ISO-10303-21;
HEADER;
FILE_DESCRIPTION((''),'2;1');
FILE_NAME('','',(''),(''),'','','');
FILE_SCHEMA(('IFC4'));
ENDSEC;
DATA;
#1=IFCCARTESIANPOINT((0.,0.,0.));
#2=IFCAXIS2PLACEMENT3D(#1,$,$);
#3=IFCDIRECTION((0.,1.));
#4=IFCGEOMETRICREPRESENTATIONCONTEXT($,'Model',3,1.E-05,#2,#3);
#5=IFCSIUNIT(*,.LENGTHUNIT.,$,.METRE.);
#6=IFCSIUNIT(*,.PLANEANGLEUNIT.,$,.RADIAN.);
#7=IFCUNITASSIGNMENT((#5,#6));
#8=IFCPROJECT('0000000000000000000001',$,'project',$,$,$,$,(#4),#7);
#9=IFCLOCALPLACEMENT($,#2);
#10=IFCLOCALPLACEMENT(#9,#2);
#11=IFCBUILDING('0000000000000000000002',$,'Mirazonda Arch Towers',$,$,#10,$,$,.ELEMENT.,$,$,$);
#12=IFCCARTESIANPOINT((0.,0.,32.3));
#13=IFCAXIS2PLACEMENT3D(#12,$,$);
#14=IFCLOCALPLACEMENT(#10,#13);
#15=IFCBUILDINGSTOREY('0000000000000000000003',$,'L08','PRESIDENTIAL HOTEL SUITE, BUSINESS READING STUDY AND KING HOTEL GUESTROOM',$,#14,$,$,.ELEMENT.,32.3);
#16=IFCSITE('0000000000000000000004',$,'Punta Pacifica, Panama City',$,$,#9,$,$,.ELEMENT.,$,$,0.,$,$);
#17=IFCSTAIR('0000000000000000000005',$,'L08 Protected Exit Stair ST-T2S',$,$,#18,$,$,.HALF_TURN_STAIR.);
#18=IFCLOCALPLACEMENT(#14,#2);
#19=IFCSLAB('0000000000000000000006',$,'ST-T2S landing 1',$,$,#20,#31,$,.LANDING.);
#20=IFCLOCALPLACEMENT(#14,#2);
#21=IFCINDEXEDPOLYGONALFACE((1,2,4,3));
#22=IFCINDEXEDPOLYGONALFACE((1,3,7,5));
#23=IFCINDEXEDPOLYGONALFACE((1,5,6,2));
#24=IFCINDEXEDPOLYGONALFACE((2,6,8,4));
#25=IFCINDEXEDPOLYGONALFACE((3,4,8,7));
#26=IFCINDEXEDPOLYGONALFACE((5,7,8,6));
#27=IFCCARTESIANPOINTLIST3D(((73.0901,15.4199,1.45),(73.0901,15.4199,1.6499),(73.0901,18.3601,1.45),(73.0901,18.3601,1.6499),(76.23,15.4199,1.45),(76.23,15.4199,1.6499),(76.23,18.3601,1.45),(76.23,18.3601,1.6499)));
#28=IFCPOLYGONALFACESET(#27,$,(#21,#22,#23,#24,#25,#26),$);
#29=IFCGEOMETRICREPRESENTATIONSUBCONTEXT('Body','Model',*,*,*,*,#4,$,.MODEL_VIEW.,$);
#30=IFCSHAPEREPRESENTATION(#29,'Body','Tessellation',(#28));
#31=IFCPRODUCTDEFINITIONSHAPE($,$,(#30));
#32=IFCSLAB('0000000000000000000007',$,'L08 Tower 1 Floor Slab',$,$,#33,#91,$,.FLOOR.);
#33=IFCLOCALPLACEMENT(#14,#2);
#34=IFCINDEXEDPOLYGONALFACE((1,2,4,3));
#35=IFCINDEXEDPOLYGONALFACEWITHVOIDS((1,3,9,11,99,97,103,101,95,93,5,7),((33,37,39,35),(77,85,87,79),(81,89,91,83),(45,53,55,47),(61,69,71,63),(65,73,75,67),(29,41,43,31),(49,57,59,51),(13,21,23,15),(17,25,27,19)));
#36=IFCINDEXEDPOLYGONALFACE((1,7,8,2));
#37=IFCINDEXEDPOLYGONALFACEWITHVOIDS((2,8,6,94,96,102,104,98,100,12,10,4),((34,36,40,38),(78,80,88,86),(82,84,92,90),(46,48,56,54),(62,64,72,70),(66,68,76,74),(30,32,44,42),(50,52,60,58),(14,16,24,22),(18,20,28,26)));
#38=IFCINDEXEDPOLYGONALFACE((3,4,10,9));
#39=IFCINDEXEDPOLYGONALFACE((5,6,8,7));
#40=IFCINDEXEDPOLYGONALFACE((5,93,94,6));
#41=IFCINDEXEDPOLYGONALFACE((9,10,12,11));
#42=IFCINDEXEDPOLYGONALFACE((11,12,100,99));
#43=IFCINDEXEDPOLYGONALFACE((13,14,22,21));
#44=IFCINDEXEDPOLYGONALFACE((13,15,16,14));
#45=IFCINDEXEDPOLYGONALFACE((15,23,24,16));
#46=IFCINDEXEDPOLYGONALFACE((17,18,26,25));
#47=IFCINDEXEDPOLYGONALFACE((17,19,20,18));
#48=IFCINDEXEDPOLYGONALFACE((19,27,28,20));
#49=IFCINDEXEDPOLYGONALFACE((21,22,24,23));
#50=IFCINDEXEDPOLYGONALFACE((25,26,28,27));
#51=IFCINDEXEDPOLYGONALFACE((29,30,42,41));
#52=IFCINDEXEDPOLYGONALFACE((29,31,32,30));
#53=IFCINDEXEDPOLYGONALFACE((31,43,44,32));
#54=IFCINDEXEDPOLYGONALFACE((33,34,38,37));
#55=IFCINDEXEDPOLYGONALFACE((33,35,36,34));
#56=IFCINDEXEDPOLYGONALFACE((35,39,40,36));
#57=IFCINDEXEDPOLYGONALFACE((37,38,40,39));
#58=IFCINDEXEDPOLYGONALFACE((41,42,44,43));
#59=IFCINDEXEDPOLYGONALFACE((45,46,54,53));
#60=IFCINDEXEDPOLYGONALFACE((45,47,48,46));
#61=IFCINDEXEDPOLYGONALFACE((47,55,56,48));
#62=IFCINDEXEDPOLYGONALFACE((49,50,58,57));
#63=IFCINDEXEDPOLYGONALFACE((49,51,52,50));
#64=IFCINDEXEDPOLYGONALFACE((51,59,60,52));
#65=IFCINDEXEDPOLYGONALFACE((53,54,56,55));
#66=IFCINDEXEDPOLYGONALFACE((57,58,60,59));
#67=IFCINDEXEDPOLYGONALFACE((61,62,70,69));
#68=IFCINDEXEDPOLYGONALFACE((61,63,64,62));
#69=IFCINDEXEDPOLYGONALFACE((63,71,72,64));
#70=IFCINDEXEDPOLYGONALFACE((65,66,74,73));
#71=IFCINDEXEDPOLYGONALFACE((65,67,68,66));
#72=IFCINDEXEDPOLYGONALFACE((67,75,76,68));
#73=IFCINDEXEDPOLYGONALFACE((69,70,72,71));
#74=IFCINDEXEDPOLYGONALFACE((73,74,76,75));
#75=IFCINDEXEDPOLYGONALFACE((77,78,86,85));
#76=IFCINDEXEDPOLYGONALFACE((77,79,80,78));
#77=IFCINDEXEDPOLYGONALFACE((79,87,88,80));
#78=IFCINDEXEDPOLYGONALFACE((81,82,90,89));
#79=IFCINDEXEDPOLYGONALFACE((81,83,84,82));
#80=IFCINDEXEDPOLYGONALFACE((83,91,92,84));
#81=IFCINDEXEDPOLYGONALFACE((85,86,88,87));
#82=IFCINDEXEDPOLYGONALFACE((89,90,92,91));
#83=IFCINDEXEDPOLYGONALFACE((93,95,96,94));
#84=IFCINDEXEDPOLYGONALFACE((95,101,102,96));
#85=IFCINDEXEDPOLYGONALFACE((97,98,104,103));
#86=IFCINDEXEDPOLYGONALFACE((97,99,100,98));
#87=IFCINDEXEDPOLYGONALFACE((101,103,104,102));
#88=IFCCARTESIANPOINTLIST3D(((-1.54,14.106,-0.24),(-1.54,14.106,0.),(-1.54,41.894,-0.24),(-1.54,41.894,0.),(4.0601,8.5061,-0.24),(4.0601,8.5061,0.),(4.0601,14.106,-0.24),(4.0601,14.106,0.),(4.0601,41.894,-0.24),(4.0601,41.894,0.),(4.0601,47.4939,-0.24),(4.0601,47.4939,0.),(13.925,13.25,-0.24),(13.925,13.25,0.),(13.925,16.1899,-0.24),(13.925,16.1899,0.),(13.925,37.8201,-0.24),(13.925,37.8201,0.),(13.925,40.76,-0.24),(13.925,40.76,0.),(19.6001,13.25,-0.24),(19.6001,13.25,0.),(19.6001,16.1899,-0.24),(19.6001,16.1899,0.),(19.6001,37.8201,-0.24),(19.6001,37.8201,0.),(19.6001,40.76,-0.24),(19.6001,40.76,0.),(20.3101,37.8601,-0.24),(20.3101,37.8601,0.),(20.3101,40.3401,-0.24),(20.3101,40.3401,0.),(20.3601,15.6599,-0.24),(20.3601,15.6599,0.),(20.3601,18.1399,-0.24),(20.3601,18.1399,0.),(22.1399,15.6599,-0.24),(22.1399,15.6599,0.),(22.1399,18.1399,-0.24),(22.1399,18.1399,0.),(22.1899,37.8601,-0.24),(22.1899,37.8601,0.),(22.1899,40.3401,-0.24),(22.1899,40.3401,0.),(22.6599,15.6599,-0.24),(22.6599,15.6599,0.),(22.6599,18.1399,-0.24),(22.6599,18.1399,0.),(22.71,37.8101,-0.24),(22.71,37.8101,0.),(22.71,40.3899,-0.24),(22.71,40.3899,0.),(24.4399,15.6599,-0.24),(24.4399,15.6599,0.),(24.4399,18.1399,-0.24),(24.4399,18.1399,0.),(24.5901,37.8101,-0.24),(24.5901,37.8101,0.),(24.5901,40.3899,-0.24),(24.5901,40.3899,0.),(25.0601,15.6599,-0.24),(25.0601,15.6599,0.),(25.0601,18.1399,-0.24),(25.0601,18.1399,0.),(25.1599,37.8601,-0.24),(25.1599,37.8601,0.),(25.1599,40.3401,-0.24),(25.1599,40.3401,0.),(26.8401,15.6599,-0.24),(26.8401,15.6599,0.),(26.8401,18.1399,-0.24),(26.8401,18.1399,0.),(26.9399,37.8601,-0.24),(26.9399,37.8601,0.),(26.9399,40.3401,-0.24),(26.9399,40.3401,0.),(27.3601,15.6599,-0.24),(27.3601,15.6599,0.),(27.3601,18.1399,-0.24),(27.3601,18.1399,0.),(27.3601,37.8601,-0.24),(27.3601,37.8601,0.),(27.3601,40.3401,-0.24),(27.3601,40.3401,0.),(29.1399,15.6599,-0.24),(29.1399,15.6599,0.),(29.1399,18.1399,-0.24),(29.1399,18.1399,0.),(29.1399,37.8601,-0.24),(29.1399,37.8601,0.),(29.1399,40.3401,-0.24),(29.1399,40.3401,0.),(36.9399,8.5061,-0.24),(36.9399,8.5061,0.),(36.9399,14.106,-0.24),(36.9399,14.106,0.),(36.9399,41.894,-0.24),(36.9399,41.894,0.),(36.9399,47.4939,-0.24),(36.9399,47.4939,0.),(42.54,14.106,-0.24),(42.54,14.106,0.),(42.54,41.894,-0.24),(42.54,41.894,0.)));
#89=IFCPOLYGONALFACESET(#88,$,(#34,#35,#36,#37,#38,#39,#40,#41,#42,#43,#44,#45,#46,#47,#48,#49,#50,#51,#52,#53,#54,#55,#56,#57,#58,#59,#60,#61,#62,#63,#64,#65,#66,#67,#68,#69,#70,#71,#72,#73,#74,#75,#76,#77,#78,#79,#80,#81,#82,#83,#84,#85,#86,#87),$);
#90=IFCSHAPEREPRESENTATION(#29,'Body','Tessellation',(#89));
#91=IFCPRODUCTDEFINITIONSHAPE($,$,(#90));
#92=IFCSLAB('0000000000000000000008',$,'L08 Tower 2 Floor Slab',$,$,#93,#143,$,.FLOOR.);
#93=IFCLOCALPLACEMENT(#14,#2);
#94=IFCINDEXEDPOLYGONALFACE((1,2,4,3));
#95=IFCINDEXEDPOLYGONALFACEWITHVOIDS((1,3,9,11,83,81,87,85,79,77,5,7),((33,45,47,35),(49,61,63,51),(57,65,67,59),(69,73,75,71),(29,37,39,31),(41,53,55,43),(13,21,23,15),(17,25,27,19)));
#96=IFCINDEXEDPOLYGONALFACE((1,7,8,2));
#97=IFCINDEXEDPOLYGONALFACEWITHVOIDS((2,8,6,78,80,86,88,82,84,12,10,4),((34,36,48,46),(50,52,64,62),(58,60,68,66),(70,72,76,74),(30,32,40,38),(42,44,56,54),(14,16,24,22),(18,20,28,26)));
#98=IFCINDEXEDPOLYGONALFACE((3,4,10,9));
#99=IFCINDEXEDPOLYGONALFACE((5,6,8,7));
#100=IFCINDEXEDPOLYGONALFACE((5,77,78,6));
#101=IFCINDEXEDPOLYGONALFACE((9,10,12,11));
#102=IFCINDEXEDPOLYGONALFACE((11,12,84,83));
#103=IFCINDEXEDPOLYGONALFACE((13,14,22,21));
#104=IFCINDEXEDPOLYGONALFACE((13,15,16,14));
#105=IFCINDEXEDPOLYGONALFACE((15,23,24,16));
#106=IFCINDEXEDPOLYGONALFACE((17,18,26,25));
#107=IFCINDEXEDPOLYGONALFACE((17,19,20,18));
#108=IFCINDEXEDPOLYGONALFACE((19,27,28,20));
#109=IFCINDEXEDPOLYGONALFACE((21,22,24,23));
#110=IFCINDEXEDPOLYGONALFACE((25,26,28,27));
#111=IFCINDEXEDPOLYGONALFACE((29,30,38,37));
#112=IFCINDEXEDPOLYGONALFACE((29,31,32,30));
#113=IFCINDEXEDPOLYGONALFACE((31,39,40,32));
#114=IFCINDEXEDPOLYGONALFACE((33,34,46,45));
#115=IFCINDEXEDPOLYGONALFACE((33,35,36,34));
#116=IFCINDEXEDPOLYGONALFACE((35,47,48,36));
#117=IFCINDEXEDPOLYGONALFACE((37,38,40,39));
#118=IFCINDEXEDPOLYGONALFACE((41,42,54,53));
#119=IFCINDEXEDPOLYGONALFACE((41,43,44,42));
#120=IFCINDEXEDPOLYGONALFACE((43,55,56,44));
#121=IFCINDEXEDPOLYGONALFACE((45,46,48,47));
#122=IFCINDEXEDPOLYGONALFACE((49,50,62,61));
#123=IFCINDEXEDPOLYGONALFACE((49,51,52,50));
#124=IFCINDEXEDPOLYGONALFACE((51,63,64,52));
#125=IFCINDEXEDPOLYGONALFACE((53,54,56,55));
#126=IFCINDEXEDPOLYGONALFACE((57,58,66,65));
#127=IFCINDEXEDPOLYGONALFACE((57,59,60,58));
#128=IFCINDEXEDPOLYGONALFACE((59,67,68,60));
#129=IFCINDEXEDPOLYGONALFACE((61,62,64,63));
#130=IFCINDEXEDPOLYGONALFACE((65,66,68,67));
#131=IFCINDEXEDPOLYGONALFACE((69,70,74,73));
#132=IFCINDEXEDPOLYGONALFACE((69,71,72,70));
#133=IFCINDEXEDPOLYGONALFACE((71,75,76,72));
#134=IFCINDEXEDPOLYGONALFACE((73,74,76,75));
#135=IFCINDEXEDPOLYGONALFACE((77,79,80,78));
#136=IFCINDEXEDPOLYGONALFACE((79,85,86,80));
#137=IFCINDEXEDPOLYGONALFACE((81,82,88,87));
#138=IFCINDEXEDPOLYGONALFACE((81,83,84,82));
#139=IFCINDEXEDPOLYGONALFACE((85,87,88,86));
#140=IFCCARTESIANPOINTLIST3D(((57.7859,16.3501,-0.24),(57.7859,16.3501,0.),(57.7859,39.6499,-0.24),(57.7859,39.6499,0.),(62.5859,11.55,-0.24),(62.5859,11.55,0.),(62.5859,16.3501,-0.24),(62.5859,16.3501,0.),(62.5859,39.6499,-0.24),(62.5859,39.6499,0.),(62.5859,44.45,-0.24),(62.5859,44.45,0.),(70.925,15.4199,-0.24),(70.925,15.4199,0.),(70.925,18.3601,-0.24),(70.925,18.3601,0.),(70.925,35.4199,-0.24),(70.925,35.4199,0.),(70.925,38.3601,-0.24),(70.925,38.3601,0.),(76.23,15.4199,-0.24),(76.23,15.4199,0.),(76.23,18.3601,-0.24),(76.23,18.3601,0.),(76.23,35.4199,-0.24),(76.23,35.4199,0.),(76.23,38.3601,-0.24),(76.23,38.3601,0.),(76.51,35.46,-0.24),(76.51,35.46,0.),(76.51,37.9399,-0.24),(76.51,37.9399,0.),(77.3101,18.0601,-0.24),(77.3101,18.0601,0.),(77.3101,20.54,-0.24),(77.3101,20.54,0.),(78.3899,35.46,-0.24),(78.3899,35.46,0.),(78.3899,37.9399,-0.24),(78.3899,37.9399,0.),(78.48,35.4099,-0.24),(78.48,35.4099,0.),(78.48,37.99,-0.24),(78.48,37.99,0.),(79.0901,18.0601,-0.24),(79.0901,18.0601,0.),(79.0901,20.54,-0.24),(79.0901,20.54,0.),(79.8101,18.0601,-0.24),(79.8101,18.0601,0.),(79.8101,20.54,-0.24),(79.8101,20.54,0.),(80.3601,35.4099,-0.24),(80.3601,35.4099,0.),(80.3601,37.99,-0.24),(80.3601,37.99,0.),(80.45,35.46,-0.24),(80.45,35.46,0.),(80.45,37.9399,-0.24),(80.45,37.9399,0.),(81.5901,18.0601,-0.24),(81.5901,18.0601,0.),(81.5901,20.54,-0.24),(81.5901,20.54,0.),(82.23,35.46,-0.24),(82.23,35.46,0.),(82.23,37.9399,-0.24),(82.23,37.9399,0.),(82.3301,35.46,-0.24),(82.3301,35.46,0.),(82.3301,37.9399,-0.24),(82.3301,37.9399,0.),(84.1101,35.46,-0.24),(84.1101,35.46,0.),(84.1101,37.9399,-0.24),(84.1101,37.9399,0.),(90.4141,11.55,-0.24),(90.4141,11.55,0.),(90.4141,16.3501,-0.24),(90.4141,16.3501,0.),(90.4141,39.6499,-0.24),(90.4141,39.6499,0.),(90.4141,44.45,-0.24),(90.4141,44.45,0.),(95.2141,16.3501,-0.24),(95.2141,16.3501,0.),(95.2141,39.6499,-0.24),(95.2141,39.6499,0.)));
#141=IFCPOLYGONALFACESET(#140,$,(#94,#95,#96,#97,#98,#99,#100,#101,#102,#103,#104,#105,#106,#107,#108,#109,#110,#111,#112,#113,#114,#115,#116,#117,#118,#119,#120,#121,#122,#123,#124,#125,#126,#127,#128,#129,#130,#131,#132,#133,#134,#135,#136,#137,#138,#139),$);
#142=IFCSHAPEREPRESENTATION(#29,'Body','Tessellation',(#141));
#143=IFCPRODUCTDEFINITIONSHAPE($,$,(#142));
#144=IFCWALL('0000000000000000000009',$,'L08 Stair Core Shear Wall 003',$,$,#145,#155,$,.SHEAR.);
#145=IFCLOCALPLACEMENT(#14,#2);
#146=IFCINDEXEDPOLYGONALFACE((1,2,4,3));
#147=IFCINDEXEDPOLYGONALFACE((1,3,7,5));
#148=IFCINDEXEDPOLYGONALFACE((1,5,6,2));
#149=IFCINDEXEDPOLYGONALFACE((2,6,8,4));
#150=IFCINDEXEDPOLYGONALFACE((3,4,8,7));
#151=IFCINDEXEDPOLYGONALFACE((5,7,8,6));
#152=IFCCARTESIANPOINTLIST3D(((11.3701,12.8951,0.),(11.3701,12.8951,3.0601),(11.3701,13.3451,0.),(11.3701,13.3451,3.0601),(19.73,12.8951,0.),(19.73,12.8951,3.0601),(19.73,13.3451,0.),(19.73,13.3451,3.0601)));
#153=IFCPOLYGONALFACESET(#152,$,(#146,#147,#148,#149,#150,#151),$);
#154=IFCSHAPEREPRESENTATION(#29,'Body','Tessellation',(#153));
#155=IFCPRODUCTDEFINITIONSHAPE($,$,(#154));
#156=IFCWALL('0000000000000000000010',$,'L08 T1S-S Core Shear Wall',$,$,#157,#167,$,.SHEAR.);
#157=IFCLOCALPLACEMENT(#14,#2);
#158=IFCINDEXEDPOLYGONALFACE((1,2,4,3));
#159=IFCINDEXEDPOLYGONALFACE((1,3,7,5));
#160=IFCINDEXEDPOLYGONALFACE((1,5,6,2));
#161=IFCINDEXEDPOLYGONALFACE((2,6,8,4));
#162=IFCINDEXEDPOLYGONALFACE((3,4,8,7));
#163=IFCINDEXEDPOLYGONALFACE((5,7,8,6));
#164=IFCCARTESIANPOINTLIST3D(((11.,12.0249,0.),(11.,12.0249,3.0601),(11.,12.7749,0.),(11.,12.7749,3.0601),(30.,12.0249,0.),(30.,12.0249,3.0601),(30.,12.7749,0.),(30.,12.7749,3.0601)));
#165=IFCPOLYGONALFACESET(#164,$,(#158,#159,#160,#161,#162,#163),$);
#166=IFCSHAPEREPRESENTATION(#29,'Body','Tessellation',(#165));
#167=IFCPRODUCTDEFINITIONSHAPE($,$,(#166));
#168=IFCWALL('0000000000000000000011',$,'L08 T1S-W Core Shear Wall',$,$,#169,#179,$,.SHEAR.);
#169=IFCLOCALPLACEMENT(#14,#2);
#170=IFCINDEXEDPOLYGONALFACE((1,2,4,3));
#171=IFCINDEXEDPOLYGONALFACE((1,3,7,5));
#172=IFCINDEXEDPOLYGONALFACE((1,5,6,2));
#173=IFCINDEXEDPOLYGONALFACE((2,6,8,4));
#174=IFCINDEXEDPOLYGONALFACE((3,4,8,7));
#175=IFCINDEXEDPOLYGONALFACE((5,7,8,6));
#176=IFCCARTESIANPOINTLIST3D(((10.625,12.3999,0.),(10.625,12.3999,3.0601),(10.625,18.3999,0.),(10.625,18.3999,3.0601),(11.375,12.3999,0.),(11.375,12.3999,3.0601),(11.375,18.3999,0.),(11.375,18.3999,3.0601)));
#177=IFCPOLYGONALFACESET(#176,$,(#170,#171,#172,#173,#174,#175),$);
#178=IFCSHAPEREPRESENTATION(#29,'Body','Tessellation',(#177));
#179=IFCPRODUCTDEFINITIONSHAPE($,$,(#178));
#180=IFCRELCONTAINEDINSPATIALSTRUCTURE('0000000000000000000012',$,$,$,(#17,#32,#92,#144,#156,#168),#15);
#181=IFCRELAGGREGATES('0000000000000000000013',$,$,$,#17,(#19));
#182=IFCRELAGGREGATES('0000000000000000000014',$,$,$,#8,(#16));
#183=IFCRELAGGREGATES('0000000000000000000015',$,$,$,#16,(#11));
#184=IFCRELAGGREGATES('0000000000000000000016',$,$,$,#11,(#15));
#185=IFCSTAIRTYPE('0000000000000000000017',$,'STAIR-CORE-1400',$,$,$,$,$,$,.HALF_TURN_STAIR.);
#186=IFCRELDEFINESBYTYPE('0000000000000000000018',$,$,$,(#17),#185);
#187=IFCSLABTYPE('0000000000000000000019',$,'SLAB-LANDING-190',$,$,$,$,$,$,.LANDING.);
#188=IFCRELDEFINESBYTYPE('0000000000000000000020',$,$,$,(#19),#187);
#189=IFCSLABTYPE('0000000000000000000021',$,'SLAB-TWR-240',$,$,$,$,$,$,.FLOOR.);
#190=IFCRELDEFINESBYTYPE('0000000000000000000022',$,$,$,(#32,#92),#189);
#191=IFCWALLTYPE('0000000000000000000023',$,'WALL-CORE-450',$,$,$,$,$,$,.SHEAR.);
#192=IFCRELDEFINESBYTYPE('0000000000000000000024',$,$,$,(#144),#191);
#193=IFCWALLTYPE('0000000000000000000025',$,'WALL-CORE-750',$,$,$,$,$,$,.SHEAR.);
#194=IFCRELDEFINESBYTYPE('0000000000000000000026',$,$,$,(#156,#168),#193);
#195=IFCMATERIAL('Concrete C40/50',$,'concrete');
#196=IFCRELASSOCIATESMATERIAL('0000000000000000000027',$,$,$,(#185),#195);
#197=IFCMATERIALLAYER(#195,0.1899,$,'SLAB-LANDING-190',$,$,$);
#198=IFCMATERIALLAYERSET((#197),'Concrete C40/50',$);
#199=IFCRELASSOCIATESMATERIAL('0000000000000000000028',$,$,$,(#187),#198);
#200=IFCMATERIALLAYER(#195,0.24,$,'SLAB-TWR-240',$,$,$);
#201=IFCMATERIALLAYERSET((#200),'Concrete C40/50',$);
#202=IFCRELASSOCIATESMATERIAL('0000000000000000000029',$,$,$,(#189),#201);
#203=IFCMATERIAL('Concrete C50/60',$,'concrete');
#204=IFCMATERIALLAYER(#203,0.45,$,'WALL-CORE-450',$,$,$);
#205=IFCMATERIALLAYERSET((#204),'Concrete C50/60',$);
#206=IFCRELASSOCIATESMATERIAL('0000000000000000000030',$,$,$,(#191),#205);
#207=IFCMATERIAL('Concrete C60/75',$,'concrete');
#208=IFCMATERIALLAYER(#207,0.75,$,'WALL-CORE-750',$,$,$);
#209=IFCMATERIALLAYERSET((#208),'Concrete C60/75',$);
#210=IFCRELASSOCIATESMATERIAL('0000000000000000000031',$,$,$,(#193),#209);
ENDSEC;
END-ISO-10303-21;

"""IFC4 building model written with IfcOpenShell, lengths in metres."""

from ifc_helpers import new_model, si_unit, direction, frame, frame_2d, origin, place, context, subcontext, project, spatial, polyline, rectangle, outline, extrude, material, layer, layer_set, type_object, element, aggregate, save


model = new_model("IFC4")

# Units and contexts
model_context = context("Model", 3, precision=1e-05, world=origin(), true_north=direction((0.0, 1.0)))
body_context = subcontext(model_context, "Body", "Model", "MODEL_VIEW")
ifc_project = project(units=[si_unit("LENGTHUNIT", "METRE"), si_unit("PLANEANGLEUNIT", "RADIAN")], contexts=[model_context])

# Site, building, storey
site_placement = place(None, origin())
site = spatial("IfcSite", under=ifc_project, at=site_placement, Name="Punta Pacifica, Panama City", CompositionType="ELEMENT", RefElevation=0.0)
building_placement = place(site_placement, origin())
building = spatial("IfcBuilding", under=site, at=building_placement, Name="Mirazonda Arch Towers", CompositionType="ELEMENT")
storey_placement = place(building_placement, frame((0.0, 0.0, 32.3)))
storey = spatial("IfcBuildingStorey", under=building, at=storey_placement, Name="L08", Description="PRESIDENTIAL HOTEL SUITE, BUSINESS READING STUDY AND KING HOTEL GUESTROOM", CompositionType="ELEMENT", Elevation=32.3)

# Shared definitions
ifc_material_1 = material(Name="Concrete C60/75", Category="concrete")

# Stair, slab
ifc_material_2 = material(Name="Concrete C40/50", Category="concrete")
stair_type = type_object("IfcStairType", Name="STAIR-CORE-1400", PredefinedType="HALF_TURN_STAIR", material=ifc_material_2)
ifc_layer_1 = layer(ifc_material_2, 0.1899, Name="SLAB-LANDING-190")
ifc_layer_set_1 = layer_set([ifc_layer_1], Name="Concrete C40/50")
slab_type_1 = type_object("IfcSlabType", Name="SLAB-LANDING-190", PredefinedType="LANDING", material=ifc_layer_set_1)
stair_1_placement = place(storey_placement, origin())
stair_1 = element("IfcStair", 1, at=stair_1_placement, inside=storey, type_object=stair_type, Name="L08 Protected Exit Stair ST-T2S", PredefinedType="HALF_TURN_STAIR")
slab_1_placement = place(storey_placement, frame((0.0, 0.0, 1.45)))
slab_1 = element("IfcSlab", 2, at=slab_1_placement, type_object=slab_type_1, Name="ST-T2S landing 1", PredefinedType="LANDING", context=body_context, shape_type="SweptSolid", body=[
    extrude(outline(polyline([(73.0901, 15.4199), (76.23, 15.4199), (76.23, 18.3601), (73.0901, 18.3601), (73.0901, 15.4199)])), origin(), (0.0, 0.0, 1.0), 0.2),
])
aggregate(stair_1, [slab_1])

# Slabs
ifc_layer_2 = layer(ifc_material_2, 0.24, Name="SLAB-TWR-240")
ifc_layer_set_2 = layer_set([ifc_layer_2], Name="Concrete C40/50")
slab_type_2 = type_object("IfcSlabType", Name="SLAB-TWR-240", PredefinedType="FLOOR", material=ifc_layer_set_2)
slab_2_placement = place(storey_placement, frame((0.0, 0.0, -0.24)))
element("IfcSlab", 3, at=slab_2_placement, inside=storey, type_object=slab_type_2, Name="L08 Tower 1 Floor Slab", PredefinedType="FLOOR", context=body_context, shape_type="SweptSolid", body=[
    extrude(outline(polyline([(4.0601, 8.5061), (36.9399, 8.5061), (36.9399, 14.106), (42.54, 14.106), (42.54, 41.894), (36.9399, 41.894), (36.9399, 47.4939), (4.0601, 47.4939), (4.0601, 41.894), (-1.54, 41.894), (-1.54, 14.106), (4.0601, 14.106), (4.0601, 8.5061)]), holes=[polyline([(29.1399, 18.1399), (29.1399, 15.6599), (27.3601, 15.6599), (27.3601, 18.1399), (29.1399, 18.1399)]), polyline([(29.1399, 40.3401), (29.1399, 37.8601), (27.3601, 37.8601), (27.3601, 40.3401), (29.1399, 40.3401)]), polyline([(25.1599, 40.3401), (26.9399, 40.3401), (26.9399, 37.8601), (25.1599, 37.8601), (25.1599, 40.3401)]), polyline([(26.8401, 18.1399), (26.8401, 15.6599), (25.0601, 15.6599), (25.0601, 18.1399), (26.8401, 18.1399)]), polyline([(22.71, 40.3899), (24.5901, 40.3899), (24.5901, 37.8101), (22.71, 37.8101), (22.71, 40.3899)]), polyline([(22.6599, 18.1399), (24.4399, 18.1399), (24.4399, 15.6599), (22.6599, 15.6599), (22.6599, 18.1399)]), polyline([(20.3101, 40.3401), (22.1899, 40.3401), (22.1899, 37.8601), (20.3101, 37.8601), (20.3101, 40.3401)]), polyline([(20.3601, 18.1399), (22.1399, 18.1399), (22.1399, 15.6599), (20.3601, 15.6599), (20.3601, 18.1399)]), polyline([(13.925, 40.76), (19.6001, 40.76), (19.6001, 37.8201), (13.925, 37.8201), (13.925, 40.76)]), polyline([(13.925, 13.25), (13.925, 16.1899), (19.6001, 16.1899), (19.6001, 13.25), (13.925, 13.25)])]), origin(), (0.0, 0.0, 1.0), 0.24),
])
slab_3_placement = place(storey_placement, frame((0.0, 0.0, -0.24)))
element("IfcSlab", 4, at=slab_3_placement, inside=storey, type_object=slab_type_2, Name="L08 Tower 2 Floor Slab", PredefinedType="FLOOR", context=body_context, shape_type="SweptSolid", body=[
    extrude(outline(polyline([(62.5859, 11.55), (90.4141, 11.55), (90.4141, 16.3501), (95.2141, 16.3501), (95.2141, 39.6499), (90.4141, 39.6499), (90.4141, 44.45), (62.5859, 44.45), (62.5859, 39.6499), (57.7859, 39.6499), (57.7859, 16.3501), (62.5859, 16.3501), (62.5859, 11.55)]), holes=[polyline([(82.3301, 37.9399), (84.1101, 37.9399), (84.1101, 35.46), (82.3301, 35.46), (82.3301, 37.9399)]), polyline([(80.45, 37.9399), (82.23, 37.9399), (82.23, 35.46), (80.45, 35.46), (80.45, 37.9399)]), polyline([(79.8101, 20.54), (81.5901, 20.54), (81.5901, 18.0601), (79.8101, 18.0601), (79.8101, 20.54)]), polyline([(78.48, 37.99), (80.3601, 37.99), (80.3601, 35.4099), (78.48, 35.4099), (78.48, 37.99)]), polyline([(77.3101, 20.54), (79.0901, 20.54), (79.0901, 18.0601), (77.3101, 18.0601), (77.3101, 20.54)]), polyline([(76.51, 37.9399), (78.3899, 37.9399), (78.3899, 35.46), (76.51, 35.46), (76.51, 37.9399)]), polyline([(70.925, 15.4199), (70.925, 18.3601), (76.23, 18.3601), (76.23, 15.4199), (70.925, 15.4199)]), polyline([(70.925, 35.4199), (70.925, 38.3601), (76.23, 38.3601), (76.23, 35.4199), (70.925, 35.4199)])]), origin(), (0.0, 0.0, 1.0), 0.24),
])

# Walls
ifc_material_3 = material(Name="Concrete C50/60", Category="concrete")
ifc_layer_3 = layer(ifc_material_3, 0.45, Name="WALL-CORE-450")
ifc_layer_set_3 = layer_set([ifc_layer_3], Name="Concrete C50/60")
wall_type_1 = type_object("IfcWallType", Name="WALL-CORE-450", PredefinedType="SHEAR", material=ifc_layer_set_3)
wall_1_placement = place(storey_placement, frame((11.3701, 13.1201, 0.0), z_axis=(0.0, 0.0, 1.0), x_axis=(1.0, 0.0, 0.0)))
element("IfcWall", 5, at=wall_1_placement, inside=storey, type_object=wall_type_1, Name="L08 Stair Core Shear Wall 003", PredefinedType="SHEAR", context=body_context, shape_type="SweptSolid", body=[
    extrude(rectangle(XDim=8.3599, YDim=0.45, at=frame_2d((4.1799, 0.0))), origin(), (0.0, 0.0, 1.0), 3.0601),
])
ifc_layer_4 = layer(ifc_material_1, 0.75, Name="WALL-CORE-750")
ifc_layer_set_4 = layer_set([ifc_layer_4], Name="Concrete C60/75")
wall_type_2 = type_object("IfcWallType", Name="WALL-CORE-750", PredefinedType="SHEAR", material=ifc_layer_set_4)
wall_2_placement = place(storey_placement, frame((11.0, 12.3999, 0.0), z_axis=(0.0, 0.0, 1.0), x_axis=(1.0, 0.0, 0.0)))
element("IfcWall", 6, at=wall_2_placement, inside=storey, type_object=wall_type_2, Name="L08 T1S-S Core Shear Wall", PredefinedType="SHEAR", context=body_context, shape_type="SweptSolid", body=[
    extrude(rectangle(XDim=19.0, YDim=0.75, at=frame_2d((9.5, 0.0))), origin(), (0.0, 0.0, 1.0), 3.0601),
])
wall_3_placement = place(storey_placement, frame((11.0, 12.3999, 0.0), z_axis=(0.0, 0.0, 1.0), x_axis=(0.0, 1.0, 0.0)))
element("IfcWall", 7, at=wall_3_placement, inside=storey, type_object=wall_type_2, Name="L08 T1S-W Core Shear Wall", PredefinedType="SHEAR", context=body_context, shape_type="SweptSolid", body=[
    extrude(rectangle(XDim=6.0, YDim=0.75, at=frame_2d((3.0, 0.0))), origin(), (0.0, 0.0, 1.0), 3.0601),
])

save(model, "model.ifc")
